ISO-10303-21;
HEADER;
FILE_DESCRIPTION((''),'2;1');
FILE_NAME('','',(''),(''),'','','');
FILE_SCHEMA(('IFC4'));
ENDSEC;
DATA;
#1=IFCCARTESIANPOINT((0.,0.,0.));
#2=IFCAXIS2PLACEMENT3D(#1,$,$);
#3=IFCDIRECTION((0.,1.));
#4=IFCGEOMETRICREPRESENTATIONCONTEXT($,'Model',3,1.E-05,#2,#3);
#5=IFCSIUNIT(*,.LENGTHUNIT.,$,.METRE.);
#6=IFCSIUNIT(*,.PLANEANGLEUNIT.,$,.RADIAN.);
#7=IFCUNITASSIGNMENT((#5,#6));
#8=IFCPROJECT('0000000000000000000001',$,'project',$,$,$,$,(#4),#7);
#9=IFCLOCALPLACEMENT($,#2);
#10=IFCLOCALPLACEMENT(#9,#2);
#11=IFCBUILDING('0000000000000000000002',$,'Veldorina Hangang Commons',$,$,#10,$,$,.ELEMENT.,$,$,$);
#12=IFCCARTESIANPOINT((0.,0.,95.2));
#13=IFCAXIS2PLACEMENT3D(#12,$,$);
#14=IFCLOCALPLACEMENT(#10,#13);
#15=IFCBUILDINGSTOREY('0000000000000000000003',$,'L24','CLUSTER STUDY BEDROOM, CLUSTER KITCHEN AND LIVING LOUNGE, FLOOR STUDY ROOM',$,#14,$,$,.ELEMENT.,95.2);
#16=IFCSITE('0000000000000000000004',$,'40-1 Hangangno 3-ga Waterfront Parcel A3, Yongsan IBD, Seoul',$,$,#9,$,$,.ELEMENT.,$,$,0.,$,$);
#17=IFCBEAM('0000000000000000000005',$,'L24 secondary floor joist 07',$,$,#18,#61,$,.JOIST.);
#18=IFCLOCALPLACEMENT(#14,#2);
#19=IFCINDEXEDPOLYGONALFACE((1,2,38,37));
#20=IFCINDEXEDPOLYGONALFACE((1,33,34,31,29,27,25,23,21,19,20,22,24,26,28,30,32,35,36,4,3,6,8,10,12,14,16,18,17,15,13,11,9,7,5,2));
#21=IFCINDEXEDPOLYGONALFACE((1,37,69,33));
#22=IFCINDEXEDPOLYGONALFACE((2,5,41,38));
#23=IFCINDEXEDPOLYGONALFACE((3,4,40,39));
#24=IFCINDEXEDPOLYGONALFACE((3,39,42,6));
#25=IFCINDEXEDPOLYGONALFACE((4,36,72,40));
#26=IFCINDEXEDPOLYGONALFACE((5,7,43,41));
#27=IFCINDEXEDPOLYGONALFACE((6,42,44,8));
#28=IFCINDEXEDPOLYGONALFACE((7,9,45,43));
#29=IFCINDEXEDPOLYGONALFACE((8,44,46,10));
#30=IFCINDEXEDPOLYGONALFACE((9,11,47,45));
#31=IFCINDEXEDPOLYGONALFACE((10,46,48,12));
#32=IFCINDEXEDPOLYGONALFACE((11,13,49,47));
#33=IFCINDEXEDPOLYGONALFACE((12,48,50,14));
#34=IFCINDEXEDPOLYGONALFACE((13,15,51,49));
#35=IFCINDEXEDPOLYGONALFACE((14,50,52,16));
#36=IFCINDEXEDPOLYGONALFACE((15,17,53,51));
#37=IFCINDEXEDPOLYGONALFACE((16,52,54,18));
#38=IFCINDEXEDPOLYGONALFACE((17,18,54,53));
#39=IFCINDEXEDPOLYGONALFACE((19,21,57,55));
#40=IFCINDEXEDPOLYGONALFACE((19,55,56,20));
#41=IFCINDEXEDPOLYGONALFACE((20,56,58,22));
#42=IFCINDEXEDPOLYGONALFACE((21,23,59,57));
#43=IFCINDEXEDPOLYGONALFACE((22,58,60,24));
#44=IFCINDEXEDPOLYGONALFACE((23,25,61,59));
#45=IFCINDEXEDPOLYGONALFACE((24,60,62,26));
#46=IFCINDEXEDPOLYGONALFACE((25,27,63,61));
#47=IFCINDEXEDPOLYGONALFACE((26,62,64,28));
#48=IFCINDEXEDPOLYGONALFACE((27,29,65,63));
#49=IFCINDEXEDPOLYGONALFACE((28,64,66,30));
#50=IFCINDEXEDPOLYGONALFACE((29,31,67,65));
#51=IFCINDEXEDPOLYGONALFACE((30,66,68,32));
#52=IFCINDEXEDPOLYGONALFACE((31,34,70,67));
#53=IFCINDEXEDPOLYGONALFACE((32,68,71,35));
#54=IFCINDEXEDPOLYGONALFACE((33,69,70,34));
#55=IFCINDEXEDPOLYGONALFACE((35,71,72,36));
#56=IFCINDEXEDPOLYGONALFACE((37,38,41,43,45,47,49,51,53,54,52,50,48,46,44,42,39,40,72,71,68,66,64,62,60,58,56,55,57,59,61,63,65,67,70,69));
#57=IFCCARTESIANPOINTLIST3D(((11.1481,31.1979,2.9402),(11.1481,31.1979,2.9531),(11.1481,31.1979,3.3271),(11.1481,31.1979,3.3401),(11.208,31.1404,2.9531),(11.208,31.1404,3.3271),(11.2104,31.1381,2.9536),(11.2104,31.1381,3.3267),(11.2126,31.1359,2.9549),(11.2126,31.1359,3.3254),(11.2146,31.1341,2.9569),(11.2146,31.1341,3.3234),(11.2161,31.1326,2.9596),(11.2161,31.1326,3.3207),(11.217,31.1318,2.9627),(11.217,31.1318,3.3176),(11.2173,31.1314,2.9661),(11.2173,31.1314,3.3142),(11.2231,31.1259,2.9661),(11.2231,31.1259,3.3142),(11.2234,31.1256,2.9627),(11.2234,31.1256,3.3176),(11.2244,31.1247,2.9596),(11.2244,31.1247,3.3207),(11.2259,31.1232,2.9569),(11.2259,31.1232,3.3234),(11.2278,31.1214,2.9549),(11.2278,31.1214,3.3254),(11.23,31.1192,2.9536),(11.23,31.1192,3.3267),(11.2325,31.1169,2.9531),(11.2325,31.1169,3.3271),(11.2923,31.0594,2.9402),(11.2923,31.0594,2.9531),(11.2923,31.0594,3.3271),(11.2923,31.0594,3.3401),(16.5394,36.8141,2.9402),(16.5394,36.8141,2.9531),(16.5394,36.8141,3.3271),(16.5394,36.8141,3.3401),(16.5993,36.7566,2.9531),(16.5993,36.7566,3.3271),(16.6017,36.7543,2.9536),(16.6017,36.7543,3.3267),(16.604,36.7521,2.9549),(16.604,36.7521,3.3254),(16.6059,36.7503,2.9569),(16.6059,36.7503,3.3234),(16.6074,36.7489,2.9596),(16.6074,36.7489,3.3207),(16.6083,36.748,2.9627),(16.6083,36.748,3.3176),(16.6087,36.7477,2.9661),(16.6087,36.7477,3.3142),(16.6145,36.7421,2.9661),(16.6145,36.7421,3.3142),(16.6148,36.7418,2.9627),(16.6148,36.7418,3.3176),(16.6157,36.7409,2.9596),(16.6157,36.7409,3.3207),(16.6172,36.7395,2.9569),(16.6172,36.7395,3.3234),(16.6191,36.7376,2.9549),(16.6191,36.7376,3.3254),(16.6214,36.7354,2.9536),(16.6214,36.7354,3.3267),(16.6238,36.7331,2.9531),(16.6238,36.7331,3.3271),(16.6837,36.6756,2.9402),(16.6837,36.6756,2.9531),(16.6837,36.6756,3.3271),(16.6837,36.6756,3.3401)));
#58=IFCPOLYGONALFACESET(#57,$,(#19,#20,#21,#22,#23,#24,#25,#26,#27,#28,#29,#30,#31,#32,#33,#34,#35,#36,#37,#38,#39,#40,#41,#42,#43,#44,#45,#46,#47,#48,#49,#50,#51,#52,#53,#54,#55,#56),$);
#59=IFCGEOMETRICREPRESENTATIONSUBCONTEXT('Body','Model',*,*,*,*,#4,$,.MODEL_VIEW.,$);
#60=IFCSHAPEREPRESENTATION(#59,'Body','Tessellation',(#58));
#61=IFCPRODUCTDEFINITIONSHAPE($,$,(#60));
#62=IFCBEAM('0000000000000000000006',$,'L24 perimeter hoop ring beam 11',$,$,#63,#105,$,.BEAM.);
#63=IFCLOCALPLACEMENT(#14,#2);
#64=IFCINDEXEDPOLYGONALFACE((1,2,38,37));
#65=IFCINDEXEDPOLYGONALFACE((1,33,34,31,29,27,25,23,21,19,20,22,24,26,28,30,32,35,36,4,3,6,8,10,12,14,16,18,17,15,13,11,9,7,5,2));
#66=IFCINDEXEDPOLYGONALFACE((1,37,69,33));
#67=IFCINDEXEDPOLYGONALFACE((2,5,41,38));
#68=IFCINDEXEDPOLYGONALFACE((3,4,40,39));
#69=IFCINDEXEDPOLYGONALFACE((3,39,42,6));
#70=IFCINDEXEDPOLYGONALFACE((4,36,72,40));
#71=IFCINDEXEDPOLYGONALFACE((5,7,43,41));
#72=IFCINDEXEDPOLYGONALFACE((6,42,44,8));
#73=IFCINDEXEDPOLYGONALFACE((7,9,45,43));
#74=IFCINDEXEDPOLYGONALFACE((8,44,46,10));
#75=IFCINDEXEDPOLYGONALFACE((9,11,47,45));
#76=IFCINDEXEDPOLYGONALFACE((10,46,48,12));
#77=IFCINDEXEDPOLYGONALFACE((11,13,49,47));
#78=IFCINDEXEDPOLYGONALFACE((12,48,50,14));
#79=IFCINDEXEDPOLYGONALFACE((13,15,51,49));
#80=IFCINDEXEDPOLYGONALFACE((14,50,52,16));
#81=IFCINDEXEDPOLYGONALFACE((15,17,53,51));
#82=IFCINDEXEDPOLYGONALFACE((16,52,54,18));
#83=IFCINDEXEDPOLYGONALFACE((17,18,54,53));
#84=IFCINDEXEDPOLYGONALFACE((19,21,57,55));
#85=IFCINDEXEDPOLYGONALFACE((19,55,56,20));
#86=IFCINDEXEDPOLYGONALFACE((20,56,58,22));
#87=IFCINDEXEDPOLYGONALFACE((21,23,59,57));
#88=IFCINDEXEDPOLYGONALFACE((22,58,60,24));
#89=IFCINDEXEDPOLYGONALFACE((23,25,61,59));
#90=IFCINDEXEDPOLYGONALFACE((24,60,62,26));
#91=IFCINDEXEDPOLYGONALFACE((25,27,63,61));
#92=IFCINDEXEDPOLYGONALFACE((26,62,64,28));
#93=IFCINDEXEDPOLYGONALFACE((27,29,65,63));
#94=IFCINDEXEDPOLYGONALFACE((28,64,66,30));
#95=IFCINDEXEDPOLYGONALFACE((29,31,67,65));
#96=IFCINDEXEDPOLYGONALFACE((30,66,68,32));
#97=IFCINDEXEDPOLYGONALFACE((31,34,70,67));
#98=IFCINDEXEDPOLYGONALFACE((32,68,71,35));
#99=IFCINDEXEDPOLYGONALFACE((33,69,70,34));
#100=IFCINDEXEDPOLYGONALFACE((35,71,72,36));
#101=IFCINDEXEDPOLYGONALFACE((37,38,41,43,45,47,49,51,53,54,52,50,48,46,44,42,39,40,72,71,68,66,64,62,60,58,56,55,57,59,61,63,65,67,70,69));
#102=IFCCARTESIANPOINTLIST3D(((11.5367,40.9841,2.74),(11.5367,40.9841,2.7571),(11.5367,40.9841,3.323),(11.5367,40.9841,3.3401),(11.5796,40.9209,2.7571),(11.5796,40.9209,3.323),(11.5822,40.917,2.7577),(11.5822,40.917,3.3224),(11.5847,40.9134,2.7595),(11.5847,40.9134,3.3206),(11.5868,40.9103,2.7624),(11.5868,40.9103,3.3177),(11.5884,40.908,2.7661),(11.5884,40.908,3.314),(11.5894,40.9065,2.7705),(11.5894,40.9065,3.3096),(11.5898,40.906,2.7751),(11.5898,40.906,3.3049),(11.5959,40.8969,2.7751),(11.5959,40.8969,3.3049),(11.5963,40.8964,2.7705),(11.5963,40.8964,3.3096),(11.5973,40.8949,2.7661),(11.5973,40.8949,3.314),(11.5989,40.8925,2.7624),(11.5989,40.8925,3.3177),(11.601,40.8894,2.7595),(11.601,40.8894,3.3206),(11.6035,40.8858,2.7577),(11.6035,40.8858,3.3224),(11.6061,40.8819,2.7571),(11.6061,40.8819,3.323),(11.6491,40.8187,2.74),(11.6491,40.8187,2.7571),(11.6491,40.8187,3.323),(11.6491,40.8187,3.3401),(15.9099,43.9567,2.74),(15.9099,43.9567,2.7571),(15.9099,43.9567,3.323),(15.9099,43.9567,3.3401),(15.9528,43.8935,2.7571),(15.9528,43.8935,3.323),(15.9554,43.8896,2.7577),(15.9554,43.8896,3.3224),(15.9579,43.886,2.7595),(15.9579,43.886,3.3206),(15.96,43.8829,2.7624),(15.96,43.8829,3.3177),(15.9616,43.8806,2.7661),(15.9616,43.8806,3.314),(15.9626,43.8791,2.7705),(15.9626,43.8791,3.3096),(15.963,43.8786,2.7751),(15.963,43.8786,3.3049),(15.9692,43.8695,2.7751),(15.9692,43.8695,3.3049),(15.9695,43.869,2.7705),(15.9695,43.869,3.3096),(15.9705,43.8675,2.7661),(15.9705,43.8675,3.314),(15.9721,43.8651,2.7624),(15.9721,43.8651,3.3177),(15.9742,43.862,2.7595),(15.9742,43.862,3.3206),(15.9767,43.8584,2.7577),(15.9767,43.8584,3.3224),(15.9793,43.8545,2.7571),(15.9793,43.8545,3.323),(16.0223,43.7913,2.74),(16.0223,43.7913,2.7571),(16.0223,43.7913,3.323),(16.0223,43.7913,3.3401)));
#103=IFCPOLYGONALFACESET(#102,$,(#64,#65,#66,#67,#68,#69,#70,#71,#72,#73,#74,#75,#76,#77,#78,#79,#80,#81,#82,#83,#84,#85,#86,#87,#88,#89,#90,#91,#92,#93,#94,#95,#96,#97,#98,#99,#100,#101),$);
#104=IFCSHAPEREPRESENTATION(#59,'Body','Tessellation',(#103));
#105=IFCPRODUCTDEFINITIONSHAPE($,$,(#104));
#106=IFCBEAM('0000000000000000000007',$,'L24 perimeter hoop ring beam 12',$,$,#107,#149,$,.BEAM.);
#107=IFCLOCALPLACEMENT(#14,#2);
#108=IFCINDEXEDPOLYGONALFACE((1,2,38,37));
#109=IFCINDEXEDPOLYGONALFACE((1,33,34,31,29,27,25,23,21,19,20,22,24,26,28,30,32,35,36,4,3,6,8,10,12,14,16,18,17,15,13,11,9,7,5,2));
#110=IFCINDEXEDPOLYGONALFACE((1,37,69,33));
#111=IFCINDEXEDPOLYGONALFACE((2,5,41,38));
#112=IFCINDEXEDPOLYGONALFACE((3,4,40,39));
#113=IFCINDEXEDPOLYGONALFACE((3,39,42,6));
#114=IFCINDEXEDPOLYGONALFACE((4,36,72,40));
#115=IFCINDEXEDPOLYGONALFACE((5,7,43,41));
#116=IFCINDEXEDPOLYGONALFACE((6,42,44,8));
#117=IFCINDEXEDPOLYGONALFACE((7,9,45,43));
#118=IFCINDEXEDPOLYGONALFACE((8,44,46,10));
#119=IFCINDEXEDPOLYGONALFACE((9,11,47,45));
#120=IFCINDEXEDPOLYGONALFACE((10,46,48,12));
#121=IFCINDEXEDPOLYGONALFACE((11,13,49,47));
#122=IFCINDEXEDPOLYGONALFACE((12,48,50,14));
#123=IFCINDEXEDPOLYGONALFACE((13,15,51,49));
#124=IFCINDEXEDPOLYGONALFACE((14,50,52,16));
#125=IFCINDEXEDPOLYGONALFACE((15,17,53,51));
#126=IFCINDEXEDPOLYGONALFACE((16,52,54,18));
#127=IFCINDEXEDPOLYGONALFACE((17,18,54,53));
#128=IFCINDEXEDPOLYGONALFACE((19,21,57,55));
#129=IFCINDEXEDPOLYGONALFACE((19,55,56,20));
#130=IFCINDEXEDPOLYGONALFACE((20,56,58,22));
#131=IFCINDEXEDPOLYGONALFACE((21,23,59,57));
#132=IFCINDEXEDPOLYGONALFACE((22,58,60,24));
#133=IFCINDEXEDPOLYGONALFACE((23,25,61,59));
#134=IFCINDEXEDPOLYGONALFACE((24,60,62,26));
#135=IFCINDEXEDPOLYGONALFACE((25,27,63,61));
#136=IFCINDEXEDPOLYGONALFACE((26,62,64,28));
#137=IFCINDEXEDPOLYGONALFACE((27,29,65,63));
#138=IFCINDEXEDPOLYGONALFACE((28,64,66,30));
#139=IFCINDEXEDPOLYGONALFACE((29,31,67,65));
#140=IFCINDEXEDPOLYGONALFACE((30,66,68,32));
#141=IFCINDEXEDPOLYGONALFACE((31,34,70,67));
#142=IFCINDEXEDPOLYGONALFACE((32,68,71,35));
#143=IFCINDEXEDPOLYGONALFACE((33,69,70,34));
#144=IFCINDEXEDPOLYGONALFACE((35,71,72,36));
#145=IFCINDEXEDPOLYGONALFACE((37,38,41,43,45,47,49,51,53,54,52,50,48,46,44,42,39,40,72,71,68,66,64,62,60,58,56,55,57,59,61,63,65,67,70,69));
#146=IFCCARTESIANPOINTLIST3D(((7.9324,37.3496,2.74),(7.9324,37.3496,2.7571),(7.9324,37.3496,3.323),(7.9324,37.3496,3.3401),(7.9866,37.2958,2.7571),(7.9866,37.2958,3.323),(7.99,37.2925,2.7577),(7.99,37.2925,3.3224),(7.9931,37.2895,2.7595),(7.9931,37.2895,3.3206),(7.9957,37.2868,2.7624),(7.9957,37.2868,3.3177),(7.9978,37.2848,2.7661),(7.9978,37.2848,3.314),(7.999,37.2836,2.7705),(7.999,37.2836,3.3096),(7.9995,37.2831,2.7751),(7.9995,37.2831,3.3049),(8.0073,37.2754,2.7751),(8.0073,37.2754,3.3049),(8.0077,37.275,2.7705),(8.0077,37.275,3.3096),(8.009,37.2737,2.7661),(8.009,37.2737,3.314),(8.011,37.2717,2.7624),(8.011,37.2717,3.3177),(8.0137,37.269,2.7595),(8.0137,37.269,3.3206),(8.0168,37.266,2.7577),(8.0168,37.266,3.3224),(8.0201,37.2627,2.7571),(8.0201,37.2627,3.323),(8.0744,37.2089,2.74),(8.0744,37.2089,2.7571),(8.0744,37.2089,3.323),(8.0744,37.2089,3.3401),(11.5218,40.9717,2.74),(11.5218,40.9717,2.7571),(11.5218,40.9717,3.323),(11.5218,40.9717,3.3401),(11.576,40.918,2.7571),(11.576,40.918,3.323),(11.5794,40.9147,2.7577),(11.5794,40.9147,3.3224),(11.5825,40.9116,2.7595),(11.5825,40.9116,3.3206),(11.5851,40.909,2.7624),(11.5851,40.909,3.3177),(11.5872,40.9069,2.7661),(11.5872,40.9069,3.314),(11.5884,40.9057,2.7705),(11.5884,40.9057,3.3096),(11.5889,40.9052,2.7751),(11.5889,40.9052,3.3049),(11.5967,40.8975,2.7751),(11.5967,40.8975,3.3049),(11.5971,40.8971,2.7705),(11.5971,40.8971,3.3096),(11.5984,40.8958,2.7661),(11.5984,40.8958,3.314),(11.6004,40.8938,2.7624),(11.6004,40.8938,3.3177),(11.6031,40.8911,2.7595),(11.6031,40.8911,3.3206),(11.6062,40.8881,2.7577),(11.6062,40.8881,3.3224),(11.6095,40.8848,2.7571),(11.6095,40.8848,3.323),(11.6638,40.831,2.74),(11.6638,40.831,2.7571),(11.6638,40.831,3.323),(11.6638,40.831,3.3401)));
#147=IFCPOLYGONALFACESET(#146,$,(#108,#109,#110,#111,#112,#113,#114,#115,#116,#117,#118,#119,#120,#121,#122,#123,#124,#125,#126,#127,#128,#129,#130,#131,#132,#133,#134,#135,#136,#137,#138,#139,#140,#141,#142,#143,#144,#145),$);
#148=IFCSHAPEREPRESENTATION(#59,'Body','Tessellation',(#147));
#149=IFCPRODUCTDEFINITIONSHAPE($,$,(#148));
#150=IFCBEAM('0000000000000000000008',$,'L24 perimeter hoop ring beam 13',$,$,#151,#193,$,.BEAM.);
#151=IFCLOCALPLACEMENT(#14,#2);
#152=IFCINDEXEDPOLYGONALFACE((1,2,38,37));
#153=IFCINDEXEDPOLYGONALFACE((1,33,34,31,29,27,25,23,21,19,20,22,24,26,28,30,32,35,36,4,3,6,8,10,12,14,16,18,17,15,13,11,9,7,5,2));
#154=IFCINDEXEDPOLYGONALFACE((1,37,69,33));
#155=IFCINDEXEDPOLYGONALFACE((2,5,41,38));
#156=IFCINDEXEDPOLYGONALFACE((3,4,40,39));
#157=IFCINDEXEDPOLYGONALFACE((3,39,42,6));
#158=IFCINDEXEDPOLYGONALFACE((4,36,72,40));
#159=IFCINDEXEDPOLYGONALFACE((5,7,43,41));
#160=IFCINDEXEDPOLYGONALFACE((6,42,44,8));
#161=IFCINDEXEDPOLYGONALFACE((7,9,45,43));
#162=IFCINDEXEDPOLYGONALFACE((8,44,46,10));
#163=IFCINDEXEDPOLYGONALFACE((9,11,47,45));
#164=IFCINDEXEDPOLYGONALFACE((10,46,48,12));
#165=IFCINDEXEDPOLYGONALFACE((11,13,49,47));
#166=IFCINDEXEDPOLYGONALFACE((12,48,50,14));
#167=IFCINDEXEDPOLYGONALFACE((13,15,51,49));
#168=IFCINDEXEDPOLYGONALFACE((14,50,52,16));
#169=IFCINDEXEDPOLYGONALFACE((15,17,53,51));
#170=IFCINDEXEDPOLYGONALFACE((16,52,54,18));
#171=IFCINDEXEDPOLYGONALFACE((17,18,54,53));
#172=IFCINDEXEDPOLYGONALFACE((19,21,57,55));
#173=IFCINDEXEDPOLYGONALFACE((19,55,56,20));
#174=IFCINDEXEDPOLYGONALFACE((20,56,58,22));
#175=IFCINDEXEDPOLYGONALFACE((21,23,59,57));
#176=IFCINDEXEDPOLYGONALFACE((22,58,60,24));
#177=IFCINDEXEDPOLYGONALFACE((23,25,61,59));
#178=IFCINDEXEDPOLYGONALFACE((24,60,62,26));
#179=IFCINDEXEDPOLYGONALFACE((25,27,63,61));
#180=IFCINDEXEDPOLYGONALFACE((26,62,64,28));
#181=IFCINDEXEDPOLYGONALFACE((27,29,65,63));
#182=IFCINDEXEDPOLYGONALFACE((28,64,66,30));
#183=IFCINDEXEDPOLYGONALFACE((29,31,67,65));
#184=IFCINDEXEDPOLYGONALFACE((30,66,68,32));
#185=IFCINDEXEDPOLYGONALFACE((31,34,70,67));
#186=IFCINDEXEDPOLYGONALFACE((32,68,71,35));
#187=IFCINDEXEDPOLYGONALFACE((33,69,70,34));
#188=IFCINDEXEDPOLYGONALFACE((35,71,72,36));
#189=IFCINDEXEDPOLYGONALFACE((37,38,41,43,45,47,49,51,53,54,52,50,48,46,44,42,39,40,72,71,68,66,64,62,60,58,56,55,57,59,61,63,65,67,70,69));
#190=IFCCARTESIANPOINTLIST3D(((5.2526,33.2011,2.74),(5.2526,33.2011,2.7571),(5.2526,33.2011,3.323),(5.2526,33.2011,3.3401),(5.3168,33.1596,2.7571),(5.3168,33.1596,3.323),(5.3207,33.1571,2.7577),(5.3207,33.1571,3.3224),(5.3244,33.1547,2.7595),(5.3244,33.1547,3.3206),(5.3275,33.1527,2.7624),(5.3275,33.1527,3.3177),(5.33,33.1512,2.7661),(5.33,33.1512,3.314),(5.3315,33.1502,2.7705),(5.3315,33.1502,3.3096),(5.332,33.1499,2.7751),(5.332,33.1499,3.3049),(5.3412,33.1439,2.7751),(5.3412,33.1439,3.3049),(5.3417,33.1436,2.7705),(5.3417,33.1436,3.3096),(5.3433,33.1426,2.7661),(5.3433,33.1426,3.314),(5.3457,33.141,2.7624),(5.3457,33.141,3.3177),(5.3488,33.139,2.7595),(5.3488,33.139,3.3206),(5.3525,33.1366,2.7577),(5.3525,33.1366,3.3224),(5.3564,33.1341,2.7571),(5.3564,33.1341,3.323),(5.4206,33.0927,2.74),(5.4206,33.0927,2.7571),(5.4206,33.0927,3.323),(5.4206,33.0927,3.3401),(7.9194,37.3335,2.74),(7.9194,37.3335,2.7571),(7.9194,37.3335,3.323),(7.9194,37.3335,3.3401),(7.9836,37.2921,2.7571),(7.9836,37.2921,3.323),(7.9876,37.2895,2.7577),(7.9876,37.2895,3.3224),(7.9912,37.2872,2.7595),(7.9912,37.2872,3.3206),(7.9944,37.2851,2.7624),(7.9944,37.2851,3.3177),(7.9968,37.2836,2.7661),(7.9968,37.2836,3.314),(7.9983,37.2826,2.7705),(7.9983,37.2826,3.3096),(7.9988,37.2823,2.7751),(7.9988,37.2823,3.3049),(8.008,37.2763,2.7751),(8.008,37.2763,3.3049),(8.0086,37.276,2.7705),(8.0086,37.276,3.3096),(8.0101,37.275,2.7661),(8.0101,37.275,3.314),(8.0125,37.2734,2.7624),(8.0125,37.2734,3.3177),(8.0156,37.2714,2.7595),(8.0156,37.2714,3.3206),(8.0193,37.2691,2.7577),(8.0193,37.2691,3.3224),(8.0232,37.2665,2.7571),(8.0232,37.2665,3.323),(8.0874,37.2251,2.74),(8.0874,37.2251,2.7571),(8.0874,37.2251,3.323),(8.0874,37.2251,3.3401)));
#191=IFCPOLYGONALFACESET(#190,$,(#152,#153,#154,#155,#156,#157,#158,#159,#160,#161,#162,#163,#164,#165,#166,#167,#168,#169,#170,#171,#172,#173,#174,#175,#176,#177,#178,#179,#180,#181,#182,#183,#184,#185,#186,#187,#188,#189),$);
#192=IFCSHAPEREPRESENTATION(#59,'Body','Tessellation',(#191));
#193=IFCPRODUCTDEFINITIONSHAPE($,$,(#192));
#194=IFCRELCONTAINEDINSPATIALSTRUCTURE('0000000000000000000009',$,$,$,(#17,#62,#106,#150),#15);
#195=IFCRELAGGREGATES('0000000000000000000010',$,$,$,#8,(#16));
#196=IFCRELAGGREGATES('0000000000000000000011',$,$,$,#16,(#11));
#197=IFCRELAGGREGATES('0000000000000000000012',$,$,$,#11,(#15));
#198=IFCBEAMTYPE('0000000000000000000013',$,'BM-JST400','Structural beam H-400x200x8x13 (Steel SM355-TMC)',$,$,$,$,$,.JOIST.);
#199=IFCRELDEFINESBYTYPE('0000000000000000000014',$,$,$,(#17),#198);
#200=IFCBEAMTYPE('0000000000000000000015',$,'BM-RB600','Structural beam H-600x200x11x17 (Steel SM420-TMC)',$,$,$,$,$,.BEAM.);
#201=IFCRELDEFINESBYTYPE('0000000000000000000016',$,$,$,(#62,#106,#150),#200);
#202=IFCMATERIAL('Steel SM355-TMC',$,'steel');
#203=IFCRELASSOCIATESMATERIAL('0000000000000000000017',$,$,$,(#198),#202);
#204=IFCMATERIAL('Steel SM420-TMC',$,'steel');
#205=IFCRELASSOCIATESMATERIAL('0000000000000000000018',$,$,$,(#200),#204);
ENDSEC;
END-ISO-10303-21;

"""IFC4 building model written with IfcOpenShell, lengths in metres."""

from ifc_helpers import new_model, si_unit, direction, frame, origin, origin_2d, place, context, subcontext, project, spatial, i_section, extrude, material, material_profile, profile_set, type_object, element, save


model = new_model("IFC4")

# Units and contexts
model_context = context("Model", 3, precision=1e-05, world=origin(), true_north=direction((0.0, 1.0)))
body_context = subcontext(model_context, "Body", "Model", "MODEL_VIEW")
ifc_project = project(units=[si_unit("LENGTHUNIT", "METRE"), si_unit("PLANEANGLEUNIT", "RADIAN")], contexts=[model_context])

# Site, building, storey
site_placement = place(None, origin())
site = spatial("IfcSite", under=ifc_project, at=site_placement, Name="40-1 Hangangno 3-ga Waterfront Parcel A3, Yongsan IBD, Seoul", CompositionType="ELEMENT", RefElevation=0.0)
building_placement = place(site_placement, origin())
building = spatial("IfcBuilding", under=site, at=building_placement, Name="Veldorina Hangang Commons", CompositionType="ELEMENT")
storey_placement = place(building_placement, frame((0.0, 0.0, 95.2)))
storey = spatial("IfcBuildingStorey", under=building, at=storey_placement, Name="L24", Description="CLUSTER STUDY BEDROOM, CLUSTER KITCHEN AND LIVING LOUNGE, FLOOR STUDY ROOM", CompositionType="ELEMENT", Elevation=95.2)

# Beams
ifc_material_1 = material(Name="Steel SM355-TMC", Category="steel")
ifc_material_profile_1 = material_profile(ifc_material_1, i_section(OverallWidth=0.2, OverallDepth=0.3999, WebThickness=0.0081, FlangeThickness=0.0129, FilletRadius=0.0129, at=origin_2d()), Name="H-400x200x8x13")
ifc_profile_set_1 = profile_set([ifc_material_profile_1], Name="Steel SM355-TMC")
beam_type_1 = type_object("IfcBeamType", Name="BM-JST400", Description="Structural beam H-400x200x8x13 (Steel SM355-TMC)", PredefinedType="JOIST", material=ifc_profile_set_1)
beam_1_placement = place(storey_placement, frame((16.6116, 36.7449, 3.1401), z_axis=(-0.692518, -0.7214, 0.0), x_axis=(0.7214, -0.692518, 0.0)))
element("IfcBeam", 1, at=beam_1_placement, inside=storey, type_object=beam_type_1, Name="L24 secondary floor joist 07", PredefinedType="JOIST", context=body_context, shape_type="SweptSolid", body=[
    extrude(i_section(OverallWidth=0.2, OverallDepth=0.3999, WebThickness=0.0081, FlangeThickness=0.0129, FilletRadius=0.0129, at=origin_2d()), origin(), (0.0, 0.0, 1.0), 7.7852),
])
ifc_material_2 = material(Name="Steel SM420-TMC", Category="steel")
ifc_material_profile_2 = material_profile(ifc_material_2, i_section(OverallWidth=0.2, OverallDepth=0.6001, WebThickness=0.011, FlangeThickness=0.0171, FilletRadius=0.0181, at=origin_2d()), Name="H-600x200x11x17")
ifc_profile_set_2 = profile_set([ifc_material_profile_2], Name="Steel SM420-TMC")
beam_type_2 = type_object("IfcBeamType", Name="BM-RB600", Description="Structural beam H-600x200x11x17 (Steel SM420-TMC)", PredefinedType="BEAM", material=ifc_profile_set_2)
beam_2_placement = place(storey_placement, frame((15.9661, 43.874, 3.04), z_axis=(-0.82703, -0.562157, 0.0), x_axis=(0.562157, -0.82703, 0.0)))
element("IfcBeam", 2, at=beam_2_placement, inside=storey, type_object=beam_type_2, Name="L24 perimeter hoop ring beam 11", PredefinedType="BEAM", context=body_context, shape_type="SweptSolid", body=[
    extrude(i_section(OverallWidth=0.2, OverallDepth=0.6001, WebThickness=0.011, FlangeThickness=0.0171, FilletRadius=0.0181, at=origin_2d()), origin(), (0.0, 0.0, 1.0), 5.2878),
])
beam_3_placement = place(storey_placement, frame((11.5928, 40.9014, 3.04), z_axis=(-0.703892, -0.710307, 0.0), x_axis=(0.710307, -0.703892, 0.0)))
element("IfcBeam", 3, at=beam_3_placement, inside=storey, type_object=beam_type_2, Name="L24 perimeter hoop ring beam 12", PredefinedType="BEAM", context=body_context, shape_type="SweptSolid", body=[
    extrude(i_section(OverallWidth=0.2, OverallDepth=0.6001, WebThickness=0.011, FlangeThickness=0.0171, FilletRadius=0.0181, at=origin_2d()), origin(), (0.0, 0.0, 1.0), 5.0994),
])
beam_4_placement = place(storey_placement, frame((8.0034, 37.2793, 3.04), z_axis=(-0.542232, -0.840229, 0.0), x_axis=(0.840229, -0.542232, 0.0)))
element("IfcBeam", 4, at=beam_4_placement, inside=storey, type_object=beam_type_2, Name="L24 perimeter hoop ring beam 13", PredefinedType="BEAM", context=body_context, shape_type="SweptSolid", body=[
    extrude(i_section(OverallWidth=0.2, OverallDepth=0.6001, WebThickness=0.011, FlangeThickness=0.0171, FilletRadius=0.0181, at=origin_2d()), origin(), (0.0, 0.0, 1.0), 4.9182),
])

save(model, "model.ifc")
